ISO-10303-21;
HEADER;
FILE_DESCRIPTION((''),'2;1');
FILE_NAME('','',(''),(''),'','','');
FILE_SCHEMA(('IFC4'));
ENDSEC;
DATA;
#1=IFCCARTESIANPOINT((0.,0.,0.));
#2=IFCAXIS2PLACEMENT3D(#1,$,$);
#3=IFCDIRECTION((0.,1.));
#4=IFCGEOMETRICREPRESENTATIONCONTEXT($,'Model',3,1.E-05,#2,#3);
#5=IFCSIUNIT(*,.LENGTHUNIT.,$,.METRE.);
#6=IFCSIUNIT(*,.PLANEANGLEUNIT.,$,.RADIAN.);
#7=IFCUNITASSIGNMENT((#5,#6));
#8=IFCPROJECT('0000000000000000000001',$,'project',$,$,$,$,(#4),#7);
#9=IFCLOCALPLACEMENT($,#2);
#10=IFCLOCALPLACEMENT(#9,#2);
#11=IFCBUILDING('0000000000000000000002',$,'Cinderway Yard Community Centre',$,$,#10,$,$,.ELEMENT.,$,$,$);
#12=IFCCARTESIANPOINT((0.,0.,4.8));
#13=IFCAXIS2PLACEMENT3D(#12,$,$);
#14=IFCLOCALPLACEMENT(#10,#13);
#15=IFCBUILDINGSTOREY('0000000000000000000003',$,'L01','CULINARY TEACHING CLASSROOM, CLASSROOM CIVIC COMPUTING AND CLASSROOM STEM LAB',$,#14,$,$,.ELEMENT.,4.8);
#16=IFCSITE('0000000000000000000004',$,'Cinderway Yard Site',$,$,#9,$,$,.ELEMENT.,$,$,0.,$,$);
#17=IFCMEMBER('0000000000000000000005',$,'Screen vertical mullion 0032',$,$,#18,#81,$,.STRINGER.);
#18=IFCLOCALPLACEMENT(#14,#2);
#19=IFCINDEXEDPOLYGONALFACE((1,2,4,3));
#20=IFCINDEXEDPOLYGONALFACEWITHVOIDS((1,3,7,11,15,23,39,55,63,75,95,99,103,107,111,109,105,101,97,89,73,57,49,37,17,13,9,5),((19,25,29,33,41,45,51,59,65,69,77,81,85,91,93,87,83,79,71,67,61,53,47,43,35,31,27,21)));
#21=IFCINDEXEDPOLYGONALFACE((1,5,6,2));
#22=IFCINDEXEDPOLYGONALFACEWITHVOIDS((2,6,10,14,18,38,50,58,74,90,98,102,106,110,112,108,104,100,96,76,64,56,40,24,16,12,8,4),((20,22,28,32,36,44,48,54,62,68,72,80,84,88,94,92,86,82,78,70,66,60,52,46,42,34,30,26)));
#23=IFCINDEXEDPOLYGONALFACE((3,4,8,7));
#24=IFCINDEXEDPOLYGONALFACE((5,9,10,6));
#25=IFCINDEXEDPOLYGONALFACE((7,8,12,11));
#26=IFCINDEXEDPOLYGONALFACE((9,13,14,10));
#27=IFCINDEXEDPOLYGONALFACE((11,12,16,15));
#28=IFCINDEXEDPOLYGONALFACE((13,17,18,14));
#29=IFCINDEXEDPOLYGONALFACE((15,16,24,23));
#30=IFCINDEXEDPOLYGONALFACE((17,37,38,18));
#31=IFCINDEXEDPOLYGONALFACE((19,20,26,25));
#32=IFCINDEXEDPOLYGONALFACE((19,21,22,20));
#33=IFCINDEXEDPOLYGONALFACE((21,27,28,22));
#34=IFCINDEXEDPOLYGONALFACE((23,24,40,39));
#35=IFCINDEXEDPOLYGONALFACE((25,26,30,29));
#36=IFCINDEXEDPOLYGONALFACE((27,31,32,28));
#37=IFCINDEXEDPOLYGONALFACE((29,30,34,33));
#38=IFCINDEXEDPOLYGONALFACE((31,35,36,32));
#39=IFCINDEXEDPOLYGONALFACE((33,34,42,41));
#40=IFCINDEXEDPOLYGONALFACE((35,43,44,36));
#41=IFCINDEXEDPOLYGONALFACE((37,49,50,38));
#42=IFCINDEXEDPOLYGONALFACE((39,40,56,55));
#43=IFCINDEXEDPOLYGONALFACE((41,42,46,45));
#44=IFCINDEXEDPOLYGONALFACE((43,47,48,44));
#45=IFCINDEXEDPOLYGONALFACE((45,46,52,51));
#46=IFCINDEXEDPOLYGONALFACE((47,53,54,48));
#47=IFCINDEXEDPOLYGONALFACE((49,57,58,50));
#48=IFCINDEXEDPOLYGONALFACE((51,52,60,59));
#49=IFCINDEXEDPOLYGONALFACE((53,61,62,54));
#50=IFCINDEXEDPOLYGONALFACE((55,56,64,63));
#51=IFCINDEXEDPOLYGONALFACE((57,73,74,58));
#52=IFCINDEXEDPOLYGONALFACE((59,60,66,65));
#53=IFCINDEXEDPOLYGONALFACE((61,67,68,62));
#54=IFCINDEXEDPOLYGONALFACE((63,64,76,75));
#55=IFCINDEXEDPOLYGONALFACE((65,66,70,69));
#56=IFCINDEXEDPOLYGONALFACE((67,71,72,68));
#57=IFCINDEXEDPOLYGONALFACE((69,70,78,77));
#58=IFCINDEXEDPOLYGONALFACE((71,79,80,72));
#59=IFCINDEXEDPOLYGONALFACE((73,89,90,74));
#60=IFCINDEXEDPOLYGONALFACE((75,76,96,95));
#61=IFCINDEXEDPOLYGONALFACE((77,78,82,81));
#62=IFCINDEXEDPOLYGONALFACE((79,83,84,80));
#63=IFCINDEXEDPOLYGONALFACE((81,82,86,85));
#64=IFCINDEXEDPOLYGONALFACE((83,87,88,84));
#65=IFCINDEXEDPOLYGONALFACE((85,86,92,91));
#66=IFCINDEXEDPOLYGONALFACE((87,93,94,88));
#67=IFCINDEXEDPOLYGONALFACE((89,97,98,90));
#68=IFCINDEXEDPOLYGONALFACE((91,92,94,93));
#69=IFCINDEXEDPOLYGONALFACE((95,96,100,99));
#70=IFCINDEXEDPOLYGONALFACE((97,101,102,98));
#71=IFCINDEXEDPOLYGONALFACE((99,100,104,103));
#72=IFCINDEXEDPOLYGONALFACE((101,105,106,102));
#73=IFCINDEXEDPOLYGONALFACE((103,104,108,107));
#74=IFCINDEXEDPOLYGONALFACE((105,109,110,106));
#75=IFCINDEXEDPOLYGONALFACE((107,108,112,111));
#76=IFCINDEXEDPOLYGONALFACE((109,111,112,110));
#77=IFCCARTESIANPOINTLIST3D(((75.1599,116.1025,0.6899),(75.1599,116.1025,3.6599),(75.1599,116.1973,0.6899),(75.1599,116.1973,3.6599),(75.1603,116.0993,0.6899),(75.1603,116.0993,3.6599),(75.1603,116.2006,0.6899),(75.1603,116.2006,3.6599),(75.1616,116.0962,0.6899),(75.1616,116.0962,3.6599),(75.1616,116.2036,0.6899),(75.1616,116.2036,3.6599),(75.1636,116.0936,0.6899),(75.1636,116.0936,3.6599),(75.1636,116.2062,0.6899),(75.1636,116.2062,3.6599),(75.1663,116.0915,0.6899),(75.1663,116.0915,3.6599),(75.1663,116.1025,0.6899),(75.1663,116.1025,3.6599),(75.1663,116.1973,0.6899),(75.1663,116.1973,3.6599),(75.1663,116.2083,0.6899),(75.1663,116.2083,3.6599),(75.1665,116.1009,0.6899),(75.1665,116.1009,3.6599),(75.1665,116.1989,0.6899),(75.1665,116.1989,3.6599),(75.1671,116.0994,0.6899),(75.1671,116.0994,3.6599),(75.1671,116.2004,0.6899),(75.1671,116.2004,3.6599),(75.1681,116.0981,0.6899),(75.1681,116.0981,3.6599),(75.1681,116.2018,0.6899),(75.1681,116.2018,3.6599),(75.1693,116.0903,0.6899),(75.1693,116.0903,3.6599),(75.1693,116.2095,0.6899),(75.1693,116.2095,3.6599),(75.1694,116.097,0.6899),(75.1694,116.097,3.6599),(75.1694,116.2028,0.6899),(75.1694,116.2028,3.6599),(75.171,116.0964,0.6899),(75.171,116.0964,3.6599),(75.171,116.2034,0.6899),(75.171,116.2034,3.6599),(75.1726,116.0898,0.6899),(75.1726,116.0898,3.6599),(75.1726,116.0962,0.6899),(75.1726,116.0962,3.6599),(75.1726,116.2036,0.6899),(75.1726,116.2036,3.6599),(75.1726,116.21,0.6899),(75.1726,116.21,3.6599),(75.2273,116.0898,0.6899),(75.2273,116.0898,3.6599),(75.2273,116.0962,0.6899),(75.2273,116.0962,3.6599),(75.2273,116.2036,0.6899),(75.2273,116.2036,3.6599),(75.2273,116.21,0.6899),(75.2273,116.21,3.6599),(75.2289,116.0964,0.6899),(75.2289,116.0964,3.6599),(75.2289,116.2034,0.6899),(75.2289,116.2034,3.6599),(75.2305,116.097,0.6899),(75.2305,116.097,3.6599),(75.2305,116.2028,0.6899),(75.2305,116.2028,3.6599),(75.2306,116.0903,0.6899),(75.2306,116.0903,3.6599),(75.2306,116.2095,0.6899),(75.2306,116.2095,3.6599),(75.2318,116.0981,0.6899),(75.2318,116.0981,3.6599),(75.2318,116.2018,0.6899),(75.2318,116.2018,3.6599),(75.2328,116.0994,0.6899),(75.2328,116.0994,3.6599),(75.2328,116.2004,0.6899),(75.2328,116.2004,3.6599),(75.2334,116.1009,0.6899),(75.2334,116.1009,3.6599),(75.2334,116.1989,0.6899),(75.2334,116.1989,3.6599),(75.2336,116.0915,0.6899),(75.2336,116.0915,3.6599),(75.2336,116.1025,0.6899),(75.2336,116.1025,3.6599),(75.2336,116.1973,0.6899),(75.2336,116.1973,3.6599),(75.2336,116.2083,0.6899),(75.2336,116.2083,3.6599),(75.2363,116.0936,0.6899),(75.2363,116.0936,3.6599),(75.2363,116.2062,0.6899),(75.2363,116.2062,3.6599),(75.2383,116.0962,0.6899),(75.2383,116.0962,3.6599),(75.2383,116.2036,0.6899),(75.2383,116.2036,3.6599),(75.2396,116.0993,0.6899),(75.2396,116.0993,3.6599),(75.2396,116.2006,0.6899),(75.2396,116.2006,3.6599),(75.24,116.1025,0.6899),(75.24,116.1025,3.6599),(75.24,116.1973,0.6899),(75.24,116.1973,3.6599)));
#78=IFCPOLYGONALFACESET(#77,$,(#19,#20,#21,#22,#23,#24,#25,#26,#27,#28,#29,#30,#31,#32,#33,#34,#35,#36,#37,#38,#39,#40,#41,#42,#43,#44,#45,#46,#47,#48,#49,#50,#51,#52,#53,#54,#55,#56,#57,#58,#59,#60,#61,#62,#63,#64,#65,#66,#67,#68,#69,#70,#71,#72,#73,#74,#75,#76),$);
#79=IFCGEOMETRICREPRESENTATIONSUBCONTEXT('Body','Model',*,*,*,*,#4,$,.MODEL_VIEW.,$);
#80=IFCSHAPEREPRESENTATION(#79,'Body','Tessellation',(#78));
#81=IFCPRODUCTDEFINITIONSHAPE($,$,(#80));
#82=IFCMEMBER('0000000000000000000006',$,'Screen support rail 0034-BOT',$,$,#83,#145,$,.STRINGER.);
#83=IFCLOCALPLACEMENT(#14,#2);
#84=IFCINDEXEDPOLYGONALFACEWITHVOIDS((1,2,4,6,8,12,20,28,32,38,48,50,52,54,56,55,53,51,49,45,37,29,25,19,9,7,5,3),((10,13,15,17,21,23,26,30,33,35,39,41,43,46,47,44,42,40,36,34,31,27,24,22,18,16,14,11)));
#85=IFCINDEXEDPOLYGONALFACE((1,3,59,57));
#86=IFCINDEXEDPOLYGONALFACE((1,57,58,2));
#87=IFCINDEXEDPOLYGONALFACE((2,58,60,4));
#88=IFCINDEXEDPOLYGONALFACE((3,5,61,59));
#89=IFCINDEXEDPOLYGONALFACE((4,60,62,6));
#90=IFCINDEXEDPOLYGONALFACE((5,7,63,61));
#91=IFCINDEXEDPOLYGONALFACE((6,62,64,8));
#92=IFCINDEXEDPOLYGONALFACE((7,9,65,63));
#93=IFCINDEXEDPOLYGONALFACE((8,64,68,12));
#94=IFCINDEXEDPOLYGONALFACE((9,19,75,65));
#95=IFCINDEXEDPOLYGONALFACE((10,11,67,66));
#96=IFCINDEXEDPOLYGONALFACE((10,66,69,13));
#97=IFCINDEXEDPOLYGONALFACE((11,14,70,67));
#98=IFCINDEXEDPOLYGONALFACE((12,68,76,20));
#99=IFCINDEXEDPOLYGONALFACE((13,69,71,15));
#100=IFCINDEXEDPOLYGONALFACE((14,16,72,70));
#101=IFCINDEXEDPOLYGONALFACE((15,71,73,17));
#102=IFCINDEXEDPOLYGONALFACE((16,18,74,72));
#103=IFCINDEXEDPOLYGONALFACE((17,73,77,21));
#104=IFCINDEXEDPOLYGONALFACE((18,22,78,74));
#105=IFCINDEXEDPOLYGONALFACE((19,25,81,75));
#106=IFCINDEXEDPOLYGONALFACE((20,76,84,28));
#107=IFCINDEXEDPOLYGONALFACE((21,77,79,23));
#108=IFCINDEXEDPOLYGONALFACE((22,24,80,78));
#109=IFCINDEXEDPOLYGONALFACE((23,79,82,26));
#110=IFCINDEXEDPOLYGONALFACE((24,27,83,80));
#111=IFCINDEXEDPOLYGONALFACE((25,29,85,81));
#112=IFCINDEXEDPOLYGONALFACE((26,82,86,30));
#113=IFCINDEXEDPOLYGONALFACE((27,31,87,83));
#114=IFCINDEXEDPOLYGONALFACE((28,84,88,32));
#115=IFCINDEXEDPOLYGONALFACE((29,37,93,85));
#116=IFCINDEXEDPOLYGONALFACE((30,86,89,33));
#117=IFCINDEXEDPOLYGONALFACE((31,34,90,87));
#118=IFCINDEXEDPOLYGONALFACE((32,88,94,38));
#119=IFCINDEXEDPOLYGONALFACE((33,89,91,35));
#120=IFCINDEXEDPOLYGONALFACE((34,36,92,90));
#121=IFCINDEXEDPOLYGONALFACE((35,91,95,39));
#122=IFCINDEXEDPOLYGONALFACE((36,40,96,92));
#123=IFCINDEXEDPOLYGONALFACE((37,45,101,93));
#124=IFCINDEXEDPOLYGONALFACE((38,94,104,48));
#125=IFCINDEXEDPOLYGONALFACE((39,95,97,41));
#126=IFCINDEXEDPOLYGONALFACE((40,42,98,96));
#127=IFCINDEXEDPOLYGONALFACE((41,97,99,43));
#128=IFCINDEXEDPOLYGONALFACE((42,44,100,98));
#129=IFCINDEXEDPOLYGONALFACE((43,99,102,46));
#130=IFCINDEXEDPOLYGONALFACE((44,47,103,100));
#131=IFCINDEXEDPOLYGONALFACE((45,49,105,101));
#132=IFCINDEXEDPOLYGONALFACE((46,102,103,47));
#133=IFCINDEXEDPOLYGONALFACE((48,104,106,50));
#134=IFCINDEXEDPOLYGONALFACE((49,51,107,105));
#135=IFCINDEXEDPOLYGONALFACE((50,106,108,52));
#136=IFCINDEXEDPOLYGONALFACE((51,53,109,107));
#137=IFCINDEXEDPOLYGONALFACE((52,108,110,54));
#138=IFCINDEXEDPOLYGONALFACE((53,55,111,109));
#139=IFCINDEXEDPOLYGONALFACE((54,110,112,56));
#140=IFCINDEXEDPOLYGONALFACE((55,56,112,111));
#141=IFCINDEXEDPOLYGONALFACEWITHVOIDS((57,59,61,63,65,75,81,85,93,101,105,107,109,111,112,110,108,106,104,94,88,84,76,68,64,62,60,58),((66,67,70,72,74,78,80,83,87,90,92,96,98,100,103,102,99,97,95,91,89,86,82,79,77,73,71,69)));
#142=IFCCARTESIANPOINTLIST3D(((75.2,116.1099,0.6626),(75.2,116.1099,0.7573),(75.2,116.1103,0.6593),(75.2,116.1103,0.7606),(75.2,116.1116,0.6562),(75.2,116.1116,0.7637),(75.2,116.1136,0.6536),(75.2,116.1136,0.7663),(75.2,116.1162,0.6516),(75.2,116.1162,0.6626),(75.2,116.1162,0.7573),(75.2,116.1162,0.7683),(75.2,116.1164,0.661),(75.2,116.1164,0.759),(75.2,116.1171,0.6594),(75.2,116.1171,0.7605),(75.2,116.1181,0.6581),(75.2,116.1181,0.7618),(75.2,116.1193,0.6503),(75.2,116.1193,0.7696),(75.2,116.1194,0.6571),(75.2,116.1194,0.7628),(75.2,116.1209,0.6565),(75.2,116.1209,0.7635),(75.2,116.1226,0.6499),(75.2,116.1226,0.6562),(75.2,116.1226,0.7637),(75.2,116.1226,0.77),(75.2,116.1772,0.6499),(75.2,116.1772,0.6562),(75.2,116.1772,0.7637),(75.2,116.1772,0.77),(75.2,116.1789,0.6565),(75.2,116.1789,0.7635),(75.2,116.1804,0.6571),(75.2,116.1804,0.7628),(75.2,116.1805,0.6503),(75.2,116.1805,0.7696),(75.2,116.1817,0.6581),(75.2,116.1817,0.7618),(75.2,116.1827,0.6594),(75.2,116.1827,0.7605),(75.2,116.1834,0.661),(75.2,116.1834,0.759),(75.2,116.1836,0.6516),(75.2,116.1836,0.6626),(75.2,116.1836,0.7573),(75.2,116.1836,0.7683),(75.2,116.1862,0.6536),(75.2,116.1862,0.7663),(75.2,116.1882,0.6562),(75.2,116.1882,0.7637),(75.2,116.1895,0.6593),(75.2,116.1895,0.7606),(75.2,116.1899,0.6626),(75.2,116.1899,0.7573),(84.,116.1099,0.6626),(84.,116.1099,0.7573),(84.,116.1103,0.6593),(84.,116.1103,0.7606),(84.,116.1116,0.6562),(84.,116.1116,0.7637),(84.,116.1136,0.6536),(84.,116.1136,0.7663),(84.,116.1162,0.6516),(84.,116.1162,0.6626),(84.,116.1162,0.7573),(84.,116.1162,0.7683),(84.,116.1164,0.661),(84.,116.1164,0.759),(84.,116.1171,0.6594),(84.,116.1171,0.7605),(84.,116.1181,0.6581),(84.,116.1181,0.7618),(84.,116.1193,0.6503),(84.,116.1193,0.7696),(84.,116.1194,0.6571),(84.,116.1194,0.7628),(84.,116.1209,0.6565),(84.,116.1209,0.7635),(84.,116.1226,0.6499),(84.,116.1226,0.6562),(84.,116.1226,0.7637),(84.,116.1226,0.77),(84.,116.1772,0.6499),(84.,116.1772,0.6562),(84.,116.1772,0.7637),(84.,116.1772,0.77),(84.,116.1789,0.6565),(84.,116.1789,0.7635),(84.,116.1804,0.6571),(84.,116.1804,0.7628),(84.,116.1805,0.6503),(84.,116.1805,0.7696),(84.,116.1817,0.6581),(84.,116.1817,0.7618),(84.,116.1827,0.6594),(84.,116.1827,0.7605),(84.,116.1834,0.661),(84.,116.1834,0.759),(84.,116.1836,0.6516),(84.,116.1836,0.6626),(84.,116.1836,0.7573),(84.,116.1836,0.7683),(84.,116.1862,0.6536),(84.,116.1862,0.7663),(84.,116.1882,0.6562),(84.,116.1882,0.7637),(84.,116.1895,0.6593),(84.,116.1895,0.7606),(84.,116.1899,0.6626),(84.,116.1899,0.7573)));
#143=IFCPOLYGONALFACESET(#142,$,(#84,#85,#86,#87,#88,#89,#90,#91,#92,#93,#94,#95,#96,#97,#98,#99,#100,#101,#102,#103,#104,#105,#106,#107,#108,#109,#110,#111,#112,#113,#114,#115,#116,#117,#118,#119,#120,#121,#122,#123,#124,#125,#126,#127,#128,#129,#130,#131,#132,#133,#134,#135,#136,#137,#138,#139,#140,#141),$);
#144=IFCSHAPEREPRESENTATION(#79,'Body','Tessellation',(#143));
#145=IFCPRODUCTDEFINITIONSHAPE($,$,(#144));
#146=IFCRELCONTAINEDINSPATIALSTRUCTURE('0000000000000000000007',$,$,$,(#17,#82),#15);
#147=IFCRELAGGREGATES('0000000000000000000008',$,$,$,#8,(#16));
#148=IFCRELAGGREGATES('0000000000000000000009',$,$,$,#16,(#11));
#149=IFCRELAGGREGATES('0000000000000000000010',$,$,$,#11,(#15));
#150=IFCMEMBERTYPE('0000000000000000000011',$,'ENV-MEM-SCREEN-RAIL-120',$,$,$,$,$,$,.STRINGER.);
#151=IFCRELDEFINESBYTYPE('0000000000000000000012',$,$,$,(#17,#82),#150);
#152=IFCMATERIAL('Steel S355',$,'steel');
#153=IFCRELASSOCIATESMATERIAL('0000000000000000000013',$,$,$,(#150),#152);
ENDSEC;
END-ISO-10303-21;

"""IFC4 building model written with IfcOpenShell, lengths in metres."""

from ifc_helpers import new_model, si_unit, direction, frame, origin, origin_2d, place, context, subcontext, project, spatial, hollow_rectangle, extrude, material, material_profile, profile_set, type_object, element, save


model = new_model("IFC4")

# Units and contexts
model_context = context("Model", 3, precision=1e-05, world=origin(), true_north=direction((0.0, 1.0)))
body_context = subcontext(model_context, "Body", "Model", "MODEL_VIEW")
ifc_project = project(units=[si_unit("LENGTHUNIT", "METRE"), si_unit("PLANEANGLEUNIT", "RADIAN")], contexts=[model_context])

# Site, building, storey
site_placement = place(None, origin())
site = spatial("IfcSite", under=ifc_project, at=site_placement, Name="Cinderway Yard Site", CompositionType="ELEMENT", RefElevation=0.0)
building_placement = place(site_placement, origin())
building = spatial("IfcBuilding", under=site, at=building_placement, Name="Cinderway Yard Community Centre", CompositionType="ELEMENT")
storey_placement = place(building_placement, frame((0.0, 0.0, 4.8)))
storey = spatial("IfcBuildingStorey", under=building, at=storey_placement, Name="L01", Description="CULINARY TEACHING CLASSROOM, CLASSROOM CIVIC COMPUTING AND CLASSROOM STEM LAB", CompositionType="ELEMENT", Elevation=4.8)

# Members
ifc_material_1 = material(Name="Steel S355", Category="steel")
ifc_material_profile_1 = material_profile(ifc_material_1, hollow_rectangle(XDim=0.0801, YDim=0.1201, WallThickness=0.0063, InnerFilletRadius=0.0063, OuterFilletRadius=0.0127, at=origin_2d()), Name="Steel S355")
ifc_profile_set_1 = profile_set([ifc_material_profile_1], Name="Steel S355")
member_type_1 = type_object("IfcMemberType", Name="ENV-MEM-SCREEN-RAIL-120", PredefinedType="STRINGER", material=ifc_profile_set_1)
for number, where, z_axis, x_axis, name in (
    (1, (75.2, 116.1499, 0.6899), (0.0, 0.0, 1.0), (1.0, 0.0, 0.0), "Screen vertical mullion 0032"),
):
    element("IfcMember", number, at=place(storey_placement, frame(where, z_axis=z_axis, x_axis=x_axis)), inside=storey, type_object=member_type_1, Name=name, PredefinedType="STRINGER", context=body_context, shape_type="SweptSolid", body=[
        extrude(hollow_rectangle(XDim=0.0801, YDim=0.1201, WallThickness=0.0063, InnerFilletRadius=0.0063, OuterFilletRadius=0.0127, at=origin_2d()), origin(), (0.0, 0.0, 1.0), 2.97),
    ])
for number, where, z_axis, x_axis, name in (
    (2, (75.2, 116.1499, 0.71), (1.0, 0.0, 0.0), (0.0, 1.0, 0.0), "Screen support rail 0034-BOT"),
):
    element("IfcMember", number, at=place(storey_placement, frame(where, z_axis=z_axis, x_axis=x_axis)), inside=storey, type_object=member_type_1, Name=name, PredefinedType="STRINGER", context=body_context, shape_type="SweptSolid", body=[
        extrude(hollow_rectangle(XDim=0.0801, YDim=0.1201, WallThickness=0.0063, InnerFilletRadius=0.0063, OuterFilletRadius=0.0127, at=origin_2d()), origin(), (0.0, 0.0, 1.0), 8.8),
    ])

save(model, "model.ifc")
